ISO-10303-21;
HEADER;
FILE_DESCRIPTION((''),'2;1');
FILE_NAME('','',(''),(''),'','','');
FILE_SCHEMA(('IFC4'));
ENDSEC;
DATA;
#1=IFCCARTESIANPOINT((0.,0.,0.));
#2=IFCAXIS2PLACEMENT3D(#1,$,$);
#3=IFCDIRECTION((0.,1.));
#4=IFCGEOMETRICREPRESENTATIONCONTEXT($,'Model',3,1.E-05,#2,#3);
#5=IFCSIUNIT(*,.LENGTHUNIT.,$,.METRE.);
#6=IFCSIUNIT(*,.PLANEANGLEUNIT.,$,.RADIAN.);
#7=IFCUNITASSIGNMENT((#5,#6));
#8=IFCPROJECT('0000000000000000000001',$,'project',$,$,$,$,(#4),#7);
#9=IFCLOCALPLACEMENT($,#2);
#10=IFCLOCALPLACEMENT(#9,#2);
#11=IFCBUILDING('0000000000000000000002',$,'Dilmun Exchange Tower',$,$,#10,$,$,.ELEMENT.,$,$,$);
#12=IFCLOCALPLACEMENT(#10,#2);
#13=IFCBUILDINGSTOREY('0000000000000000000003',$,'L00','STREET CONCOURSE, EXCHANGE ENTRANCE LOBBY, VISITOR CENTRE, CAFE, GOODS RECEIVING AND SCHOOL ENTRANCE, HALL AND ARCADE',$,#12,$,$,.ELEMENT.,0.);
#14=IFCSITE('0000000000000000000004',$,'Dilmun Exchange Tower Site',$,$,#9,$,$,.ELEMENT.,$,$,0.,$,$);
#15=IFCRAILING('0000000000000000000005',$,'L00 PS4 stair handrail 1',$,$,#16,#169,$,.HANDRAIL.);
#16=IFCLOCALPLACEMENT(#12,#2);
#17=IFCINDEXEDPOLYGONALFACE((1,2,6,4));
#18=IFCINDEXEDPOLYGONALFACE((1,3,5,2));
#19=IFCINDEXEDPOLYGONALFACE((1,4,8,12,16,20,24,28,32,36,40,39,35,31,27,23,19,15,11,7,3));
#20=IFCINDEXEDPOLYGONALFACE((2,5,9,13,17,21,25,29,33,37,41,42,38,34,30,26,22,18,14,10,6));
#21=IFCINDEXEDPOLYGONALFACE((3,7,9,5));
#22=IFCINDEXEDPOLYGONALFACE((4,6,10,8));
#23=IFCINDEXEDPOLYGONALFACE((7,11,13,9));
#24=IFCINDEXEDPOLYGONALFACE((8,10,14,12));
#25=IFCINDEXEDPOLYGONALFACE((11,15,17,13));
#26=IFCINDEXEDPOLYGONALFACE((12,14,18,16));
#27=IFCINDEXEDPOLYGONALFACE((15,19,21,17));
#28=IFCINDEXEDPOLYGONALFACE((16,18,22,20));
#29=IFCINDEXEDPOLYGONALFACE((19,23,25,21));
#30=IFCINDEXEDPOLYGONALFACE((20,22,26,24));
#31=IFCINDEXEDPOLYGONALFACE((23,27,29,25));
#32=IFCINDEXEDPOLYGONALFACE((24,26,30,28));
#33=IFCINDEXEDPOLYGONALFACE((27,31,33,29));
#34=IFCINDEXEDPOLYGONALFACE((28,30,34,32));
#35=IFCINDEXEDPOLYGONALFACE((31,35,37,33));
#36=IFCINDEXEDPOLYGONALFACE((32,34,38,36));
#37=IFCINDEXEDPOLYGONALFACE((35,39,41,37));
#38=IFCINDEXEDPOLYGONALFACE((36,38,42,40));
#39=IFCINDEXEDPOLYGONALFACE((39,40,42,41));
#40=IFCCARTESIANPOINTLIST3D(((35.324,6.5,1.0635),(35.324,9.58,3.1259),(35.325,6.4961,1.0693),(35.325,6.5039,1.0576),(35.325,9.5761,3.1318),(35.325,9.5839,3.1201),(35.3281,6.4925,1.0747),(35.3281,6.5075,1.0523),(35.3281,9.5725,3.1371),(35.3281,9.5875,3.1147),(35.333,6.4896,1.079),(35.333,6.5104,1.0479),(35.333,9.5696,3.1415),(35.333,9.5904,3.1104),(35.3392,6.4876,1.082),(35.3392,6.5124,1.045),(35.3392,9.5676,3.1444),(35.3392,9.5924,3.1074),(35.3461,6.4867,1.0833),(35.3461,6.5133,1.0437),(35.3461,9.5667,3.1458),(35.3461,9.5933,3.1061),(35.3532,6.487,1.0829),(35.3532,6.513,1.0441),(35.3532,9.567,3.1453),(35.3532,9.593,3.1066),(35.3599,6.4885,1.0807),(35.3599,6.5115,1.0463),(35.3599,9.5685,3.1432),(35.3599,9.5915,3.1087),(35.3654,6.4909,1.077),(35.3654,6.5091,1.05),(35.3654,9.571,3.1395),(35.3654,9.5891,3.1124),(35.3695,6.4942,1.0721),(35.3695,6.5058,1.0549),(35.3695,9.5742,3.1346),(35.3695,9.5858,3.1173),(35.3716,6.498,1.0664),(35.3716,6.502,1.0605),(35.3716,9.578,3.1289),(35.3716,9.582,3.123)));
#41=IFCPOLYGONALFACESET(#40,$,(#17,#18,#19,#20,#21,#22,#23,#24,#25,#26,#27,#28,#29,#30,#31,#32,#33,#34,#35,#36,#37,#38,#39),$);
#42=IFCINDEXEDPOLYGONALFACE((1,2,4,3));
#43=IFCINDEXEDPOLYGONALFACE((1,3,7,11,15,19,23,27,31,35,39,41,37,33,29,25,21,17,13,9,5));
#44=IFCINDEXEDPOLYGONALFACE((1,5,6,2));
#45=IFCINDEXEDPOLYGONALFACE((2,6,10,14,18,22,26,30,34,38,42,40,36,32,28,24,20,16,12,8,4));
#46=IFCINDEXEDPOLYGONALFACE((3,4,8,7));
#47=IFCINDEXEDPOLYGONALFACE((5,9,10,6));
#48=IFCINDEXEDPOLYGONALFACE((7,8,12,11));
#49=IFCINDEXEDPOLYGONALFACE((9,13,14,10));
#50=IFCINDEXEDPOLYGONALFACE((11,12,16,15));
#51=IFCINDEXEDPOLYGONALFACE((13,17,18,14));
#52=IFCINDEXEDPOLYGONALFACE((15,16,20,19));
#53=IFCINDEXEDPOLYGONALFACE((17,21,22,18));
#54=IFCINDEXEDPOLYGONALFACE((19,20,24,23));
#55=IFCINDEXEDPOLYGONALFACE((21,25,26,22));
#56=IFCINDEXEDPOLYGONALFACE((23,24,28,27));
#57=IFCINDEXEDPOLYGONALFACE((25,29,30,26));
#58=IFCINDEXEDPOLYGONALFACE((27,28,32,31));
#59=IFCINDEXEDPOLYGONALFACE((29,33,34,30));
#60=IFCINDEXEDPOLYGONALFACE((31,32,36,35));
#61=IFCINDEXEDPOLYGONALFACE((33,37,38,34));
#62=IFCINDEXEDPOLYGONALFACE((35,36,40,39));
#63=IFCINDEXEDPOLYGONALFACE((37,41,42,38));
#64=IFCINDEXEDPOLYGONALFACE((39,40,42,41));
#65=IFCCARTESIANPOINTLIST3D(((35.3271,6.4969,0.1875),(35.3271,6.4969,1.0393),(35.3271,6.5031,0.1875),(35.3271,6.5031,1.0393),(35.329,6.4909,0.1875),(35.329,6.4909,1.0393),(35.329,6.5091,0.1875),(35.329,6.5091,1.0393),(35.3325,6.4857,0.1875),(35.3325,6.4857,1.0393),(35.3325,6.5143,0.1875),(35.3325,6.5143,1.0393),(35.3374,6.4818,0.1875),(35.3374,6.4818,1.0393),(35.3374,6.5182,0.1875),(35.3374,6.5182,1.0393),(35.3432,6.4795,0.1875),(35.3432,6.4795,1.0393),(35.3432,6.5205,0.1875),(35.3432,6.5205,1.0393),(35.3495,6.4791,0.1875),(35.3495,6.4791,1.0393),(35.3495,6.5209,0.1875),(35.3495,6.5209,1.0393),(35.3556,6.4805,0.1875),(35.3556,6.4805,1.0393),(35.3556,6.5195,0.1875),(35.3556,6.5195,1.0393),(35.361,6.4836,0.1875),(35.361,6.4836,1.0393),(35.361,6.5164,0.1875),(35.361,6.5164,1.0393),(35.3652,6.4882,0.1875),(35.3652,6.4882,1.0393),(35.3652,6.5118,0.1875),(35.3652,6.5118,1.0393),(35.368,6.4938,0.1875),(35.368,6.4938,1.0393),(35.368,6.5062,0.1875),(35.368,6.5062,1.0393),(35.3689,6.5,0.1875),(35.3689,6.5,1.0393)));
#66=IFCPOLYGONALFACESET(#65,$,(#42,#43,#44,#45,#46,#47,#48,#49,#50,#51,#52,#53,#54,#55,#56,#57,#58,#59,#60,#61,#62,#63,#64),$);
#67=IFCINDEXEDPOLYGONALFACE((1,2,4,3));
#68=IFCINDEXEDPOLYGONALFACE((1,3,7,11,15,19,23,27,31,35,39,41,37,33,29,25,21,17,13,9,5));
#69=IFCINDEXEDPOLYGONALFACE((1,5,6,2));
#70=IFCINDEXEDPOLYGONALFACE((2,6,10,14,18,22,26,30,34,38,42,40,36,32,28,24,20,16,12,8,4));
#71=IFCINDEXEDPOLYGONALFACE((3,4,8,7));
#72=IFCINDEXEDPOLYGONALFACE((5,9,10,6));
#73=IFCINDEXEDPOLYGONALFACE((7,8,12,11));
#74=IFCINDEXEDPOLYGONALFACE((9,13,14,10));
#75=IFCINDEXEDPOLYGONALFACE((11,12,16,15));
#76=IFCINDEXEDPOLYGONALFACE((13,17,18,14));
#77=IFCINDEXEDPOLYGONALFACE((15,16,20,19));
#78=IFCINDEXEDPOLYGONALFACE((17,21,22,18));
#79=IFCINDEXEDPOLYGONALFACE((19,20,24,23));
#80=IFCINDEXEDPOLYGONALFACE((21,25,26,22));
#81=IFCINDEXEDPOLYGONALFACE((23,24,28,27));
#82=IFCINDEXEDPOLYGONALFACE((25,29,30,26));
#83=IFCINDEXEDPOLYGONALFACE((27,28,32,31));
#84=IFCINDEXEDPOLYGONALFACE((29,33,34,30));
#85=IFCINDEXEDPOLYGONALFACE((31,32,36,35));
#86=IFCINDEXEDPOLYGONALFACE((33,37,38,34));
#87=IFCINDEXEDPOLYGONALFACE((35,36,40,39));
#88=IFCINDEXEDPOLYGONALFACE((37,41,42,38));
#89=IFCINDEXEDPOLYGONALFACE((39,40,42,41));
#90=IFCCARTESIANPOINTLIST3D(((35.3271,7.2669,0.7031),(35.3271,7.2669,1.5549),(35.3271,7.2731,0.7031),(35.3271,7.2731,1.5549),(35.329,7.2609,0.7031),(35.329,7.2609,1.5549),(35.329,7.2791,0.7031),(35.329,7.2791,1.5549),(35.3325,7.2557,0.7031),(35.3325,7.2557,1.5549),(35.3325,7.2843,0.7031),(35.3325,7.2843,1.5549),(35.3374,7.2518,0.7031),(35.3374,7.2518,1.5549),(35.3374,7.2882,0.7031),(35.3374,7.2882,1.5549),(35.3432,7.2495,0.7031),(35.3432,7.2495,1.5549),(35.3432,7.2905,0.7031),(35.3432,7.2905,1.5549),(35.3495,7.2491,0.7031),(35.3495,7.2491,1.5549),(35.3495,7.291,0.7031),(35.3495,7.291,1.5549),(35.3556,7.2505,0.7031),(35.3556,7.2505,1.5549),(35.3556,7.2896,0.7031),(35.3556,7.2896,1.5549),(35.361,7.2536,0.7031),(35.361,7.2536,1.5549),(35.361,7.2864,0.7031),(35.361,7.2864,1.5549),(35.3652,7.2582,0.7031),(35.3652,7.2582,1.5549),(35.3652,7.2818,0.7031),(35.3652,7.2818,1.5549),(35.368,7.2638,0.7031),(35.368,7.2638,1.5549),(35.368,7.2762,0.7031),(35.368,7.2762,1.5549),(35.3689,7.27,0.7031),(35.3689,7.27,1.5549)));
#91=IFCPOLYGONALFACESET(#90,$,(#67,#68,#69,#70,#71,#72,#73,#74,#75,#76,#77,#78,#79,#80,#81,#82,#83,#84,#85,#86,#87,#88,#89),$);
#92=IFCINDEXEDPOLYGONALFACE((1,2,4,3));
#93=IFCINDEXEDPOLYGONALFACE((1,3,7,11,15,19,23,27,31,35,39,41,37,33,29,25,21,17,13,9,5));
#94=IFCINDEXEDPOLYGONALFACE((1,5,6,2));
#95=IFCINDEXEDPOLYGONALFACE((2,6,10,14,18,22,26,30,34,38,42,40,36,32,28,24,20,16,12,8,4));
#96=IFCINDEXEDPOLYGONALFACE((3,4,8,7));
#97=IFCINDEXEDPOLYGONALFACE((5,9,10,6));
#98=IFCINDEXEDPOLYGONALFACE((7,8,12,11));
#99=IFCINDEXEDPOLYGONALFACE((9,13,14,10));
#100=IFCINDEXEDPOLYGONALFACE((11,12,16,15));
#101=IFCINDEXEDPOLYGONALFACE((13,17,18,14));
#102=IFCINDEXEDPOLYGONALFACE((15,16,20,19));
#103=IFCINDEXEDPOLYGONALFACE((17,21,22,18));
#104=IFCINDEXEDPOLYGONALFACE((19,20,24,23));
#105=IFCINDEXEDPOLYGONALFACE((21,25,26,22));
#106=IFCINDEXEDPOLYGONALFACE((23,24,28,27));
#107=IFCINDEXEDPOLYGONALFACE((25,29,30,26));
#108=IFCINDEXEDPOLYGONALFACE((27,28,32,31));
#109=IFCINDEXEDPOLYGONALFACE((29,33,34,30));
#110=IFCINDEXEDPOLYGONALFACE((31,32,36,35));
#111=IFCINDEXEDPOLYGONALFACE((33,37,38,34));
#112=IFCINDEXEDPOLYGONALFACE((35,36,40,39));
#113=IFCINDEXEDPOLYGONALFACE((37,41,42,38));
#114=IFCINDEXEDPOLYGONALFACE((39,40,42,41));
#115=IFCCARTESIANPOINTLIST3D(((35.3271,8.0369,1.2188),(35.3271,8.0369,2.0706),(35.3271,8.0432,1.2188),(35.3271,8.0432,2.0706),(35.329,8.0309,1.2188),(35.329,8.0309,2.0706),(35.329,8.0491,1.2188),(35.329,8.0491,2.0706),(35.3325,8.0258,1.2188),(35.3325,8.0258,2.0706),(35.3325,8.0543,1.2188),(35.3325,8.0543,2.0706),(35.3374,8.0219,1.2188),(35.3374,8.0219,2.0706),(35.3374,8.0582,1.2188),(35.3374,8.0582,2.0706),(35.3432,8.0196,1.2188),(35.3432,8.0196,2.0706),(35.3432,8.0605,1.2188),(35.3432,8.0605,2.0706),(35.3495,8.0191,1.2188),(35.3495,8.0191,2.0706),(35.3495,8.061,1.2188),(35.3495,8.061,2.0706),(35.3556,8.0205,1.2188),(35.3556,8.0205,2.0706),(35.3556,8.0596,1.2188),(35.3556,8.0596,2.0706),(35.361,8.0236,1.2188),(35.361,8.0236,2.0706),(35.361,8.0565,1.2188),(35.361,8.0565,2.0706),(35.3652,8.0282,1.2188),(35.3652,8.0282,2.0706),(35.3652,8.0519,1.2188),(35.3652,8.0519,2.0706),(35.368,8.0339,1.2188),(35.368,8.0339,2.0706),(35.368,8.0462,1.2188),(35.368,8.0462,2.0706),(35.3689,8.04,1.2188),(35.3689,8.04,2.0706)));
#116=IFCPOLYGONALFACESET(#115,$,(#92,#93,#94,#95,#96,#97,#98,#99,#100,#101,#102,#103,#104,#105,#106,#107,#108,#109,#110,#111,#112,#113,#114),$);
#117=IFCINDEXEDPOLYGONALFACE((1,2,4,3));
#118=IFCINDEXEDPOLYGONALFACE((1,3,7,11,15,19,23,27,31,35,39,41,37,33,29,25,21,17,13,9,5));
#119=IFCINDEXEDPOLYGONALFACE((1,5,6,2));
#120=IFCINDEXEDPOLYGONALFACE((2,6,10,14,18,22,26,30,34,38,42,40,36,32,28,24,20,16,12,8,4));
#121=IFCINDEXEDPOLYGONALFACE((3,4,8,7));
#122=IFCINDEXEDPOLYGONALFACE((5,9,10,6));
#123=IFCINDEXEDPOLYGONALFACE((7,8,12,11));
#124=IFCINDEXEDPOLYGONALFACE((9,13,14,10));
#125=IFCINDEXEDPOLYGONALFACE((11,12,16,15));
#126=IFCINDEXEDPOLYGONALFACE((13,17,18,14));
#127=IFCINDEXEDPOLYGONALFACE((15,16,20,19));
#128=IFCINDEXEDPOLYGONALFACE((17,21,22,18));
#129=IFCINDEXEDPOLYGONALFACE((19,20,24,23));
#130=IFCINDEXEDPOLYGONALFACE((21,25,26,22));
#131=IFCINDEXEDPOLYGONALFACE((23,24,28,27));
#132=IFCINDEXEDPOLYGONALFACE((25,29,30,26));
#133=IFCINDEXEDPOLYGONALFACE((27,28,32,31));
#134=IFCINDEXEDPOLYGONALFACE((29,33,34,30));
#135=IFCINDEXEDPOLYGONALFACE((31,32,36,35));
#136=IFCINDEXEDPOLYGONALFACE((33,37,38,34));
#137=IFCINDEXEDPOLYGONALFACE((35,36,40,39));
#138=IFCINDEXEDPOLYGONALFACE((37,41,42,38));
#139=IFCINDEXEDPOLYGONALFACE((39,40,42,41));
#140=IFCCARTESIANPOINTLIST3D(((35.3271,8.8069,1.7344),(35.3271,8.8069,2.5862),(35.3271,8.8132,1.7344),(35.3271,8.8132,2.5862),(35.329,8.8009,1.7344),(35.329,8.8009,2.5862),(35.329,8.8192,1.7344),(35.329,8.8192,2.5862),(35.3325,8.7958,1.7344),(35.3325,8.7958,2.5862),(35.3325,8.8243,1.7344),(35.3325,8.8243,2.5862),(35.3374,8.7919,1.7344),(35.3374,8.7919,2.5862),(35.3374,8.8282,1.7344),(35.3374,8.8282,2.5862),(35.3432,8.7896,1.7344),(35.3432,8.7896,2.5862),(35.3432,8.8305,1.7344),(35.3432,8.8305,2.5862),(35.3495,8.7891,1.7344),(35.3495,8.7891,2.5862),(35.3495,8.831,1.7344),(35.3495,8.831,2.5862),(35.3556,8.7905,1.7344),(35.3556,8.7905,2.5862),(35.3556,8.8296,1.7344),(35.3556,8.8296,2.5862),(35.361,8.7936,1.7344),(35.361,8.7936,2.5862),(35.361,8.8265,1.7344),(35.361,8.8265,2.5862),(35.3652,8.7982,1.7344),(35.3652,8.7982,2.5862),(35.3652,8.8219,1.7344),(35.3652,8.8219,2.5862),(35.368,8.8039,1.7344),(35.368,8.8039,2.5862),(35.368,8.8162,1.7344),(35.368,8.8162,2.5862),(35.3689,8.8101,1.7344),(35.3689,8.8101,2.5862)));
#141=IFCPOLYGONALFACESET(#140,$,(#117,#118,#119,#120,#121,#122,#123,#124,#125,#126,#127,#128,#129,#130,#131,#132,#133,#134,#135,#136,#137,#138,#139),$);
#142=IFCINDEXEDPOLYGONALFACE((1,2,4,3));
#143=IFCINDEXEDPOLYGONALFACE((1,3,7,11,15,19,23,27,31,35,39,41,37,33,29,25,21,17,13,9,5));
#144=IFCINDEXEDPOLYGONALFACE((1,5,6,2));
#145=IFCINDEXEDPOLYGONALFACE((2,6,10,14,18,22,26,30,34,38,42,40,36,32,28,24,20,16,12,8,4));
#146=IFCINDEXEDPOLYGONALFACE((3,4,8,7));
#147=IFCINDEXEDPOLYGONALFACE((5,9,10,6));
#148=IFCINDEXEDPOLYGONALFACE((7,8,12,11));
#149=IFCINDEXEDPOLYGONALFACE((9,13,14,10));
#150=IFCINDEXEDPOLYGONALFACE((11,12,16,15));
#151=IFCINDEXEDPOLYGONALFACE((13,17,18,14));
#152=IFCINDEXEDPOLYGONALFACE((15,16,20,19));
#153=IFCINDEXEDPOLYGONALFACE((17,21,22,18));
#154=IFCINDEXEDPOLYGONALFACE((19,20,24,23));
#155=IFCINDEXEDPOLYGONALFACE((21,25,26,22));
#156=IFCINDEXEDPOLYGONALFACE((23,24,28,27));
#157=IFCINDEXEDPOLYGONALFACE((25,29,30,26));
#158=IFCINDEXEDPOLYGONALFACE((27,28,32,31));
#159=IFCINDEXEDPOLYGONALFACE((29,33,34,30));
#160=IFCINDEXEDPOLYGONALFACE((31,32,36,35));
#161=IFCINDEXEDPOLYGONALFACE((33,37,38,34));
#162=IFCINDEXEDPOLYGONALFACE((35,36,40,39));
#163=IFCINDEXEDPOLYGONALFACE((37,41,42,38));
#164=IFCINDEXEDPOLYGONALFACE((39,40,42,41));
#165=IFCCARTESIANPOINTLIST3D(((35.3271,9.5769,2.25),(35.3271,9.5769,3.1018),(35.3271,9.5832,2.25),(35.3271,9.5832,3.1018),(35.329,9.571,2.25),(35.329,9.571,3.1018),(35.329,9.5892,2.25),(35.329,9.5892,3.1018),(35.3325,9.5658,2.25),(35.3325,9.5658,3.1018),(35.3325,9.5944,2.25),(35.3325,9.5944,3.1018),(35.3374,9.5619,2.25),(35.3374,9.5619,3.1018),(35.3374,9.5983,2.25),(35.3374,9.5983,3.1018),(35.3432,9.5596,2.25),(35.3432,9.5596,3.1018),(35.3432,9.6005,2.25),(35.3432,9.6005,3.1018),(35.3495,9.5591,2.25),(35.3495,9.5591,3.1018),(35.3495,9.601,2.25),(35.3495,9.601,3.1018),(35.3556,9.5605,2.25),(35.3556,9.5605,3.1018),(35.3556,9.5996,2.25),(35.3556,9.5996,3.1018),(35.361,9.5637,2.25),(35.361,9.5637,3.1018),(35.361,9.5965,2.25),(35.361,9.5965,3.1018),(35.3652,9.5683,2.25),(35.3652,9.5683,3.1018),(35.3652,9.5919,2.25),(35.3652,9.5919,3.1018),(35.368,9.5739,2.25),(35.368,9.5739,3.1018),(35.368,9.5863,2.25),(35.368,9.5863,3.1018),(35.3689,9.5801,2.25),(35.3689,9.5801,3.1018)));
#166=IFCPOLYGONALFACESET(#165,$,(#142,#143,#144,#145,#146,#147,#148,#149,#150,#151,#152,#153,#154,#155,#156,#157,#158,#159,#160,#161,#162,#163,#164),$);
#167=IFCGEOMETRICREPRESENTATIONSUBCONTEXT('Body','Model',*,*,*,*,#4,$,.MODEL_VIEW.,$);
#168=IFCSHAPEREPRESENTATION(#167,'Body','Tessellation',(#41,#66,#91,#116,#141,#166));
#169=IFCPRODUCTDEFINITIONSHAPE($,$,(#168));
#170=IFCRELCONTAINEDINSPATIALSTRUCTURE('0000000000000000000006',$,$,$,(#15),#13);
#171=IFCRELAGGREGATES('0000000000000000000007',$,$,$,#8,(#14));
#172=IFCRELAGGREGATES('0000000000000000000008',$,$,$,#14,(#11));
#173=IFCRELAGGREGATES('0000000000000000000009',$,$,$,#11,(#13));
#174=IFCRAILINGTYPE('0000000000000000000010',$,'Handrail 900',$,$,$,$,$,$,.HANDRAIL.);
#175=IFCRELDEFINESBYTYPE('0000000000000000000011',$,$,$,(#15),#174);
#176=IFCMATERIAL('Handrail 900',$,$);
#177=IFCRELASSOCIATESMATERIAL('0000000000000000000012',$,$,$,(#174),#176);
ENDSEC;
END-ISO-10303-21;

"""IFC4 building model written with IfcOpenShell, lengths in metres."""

from ifc_helpers import new_model, si_unit, direction, frame, origin, origin_2d, place, context, subcontext, project, spatial, circle, extrude, material, type_object, element, save


model = new_model("IFC4")

# Units and contexts
model_context = context("Model", 3, precision=1e-05, world=origin(), true_north=direction((0.0, 1.0)))
body_context = subcontext(model_context, "Body", "Model", "MODEL_VIEW")
ifc_project = project(units=[si_unit("LENGTHUNIT", "METRE"), si_unit("PLANEANGLEUNIT", "RADIAN")], contexts=[model_context])

# Site, building, storey
site_placement = place(None, origin())
site = spatial("IfcSite", under=ifc_project, at=site_placement, Name="Dilmun Exchange Tower Site", CompositionType="ELEMENT", RefElevation=0.0)
building_placement = place(site_placement, origin())
building = spatial("IfcBuilding", under=site, at=building_placement, Name="Dilmun Exchange Tower", CompositionType="ELEMENT")
storey_placement = place(building_placement, origin())
storey = spatial("IfcBuildingStorey", under=building, at=storey_placement, Name="L00", Description="STREET CONCOURSE, EXCHANGE ENTRANCE LOBBY, VISITOR CENTRE, CAFE, GOODS RECEIVING AND SCHOOL ENTRANCE, HALL AND ARCADE", CompositionType="ELEMENT", Elevation=0.0)

# Railing
ifc_material_1 = material(Name="Handrail 900")
railing_type_1 = type_object("IfcRailingType", Name="Handrail 900", PredefinedType="HANDRAIL", material=ifc_material_1)
railing_1_placement = place(storey_placement, frame((35.3479, 6.5, 0.1875)))
element("IfcRailing", 1, at=railing_1_placement, inside=storey, type_object=railing_type_1, Name="L00 PS4 stair handrail 1", PredefinedType="HANDRAIL", context=body_context, shape_type="SweptSolid", body=[
    extrude(circle(Radius=0.0239, at=origin_2d()), frame((0.0, 0.0, 0.876), z_axis=(0.0, 0.830914, 0.556401), x_axis=(-1.0, 0.0, 0.0)), (0.0, 0.0, 1.0), 3.7068),
    extrude(circle(Radius=0.021, at=origin_2d()), origin(), (0.0, 0.0, 1.0), 0.8518),
    extrude(circle(Radius=0.021, at=origin_2d()), frame((0.0, 0.77, 0.5156)), (0.0, 0.0, 1.0), 0.8518),
    extrude(circle(Radius=0.021, at=origin_2d()), frame((0.0, 1.54, 1.0312)), (0.0, 0.0, 1.0), 0.8518),
    extrude(circle(Radius=0.021, at=origin_2d()), frame((0.0, 2.3101, 1.5469)), (0.0, 0.0, 1.0), 0.8518),
    extrude(circle(Radius=0.021, at=origin_2d()), frame((0.0, 3.0801, 2.0625)), (0.0, 0.0, 1.0), 0.8518),
])

save(model, "model.ifc")
